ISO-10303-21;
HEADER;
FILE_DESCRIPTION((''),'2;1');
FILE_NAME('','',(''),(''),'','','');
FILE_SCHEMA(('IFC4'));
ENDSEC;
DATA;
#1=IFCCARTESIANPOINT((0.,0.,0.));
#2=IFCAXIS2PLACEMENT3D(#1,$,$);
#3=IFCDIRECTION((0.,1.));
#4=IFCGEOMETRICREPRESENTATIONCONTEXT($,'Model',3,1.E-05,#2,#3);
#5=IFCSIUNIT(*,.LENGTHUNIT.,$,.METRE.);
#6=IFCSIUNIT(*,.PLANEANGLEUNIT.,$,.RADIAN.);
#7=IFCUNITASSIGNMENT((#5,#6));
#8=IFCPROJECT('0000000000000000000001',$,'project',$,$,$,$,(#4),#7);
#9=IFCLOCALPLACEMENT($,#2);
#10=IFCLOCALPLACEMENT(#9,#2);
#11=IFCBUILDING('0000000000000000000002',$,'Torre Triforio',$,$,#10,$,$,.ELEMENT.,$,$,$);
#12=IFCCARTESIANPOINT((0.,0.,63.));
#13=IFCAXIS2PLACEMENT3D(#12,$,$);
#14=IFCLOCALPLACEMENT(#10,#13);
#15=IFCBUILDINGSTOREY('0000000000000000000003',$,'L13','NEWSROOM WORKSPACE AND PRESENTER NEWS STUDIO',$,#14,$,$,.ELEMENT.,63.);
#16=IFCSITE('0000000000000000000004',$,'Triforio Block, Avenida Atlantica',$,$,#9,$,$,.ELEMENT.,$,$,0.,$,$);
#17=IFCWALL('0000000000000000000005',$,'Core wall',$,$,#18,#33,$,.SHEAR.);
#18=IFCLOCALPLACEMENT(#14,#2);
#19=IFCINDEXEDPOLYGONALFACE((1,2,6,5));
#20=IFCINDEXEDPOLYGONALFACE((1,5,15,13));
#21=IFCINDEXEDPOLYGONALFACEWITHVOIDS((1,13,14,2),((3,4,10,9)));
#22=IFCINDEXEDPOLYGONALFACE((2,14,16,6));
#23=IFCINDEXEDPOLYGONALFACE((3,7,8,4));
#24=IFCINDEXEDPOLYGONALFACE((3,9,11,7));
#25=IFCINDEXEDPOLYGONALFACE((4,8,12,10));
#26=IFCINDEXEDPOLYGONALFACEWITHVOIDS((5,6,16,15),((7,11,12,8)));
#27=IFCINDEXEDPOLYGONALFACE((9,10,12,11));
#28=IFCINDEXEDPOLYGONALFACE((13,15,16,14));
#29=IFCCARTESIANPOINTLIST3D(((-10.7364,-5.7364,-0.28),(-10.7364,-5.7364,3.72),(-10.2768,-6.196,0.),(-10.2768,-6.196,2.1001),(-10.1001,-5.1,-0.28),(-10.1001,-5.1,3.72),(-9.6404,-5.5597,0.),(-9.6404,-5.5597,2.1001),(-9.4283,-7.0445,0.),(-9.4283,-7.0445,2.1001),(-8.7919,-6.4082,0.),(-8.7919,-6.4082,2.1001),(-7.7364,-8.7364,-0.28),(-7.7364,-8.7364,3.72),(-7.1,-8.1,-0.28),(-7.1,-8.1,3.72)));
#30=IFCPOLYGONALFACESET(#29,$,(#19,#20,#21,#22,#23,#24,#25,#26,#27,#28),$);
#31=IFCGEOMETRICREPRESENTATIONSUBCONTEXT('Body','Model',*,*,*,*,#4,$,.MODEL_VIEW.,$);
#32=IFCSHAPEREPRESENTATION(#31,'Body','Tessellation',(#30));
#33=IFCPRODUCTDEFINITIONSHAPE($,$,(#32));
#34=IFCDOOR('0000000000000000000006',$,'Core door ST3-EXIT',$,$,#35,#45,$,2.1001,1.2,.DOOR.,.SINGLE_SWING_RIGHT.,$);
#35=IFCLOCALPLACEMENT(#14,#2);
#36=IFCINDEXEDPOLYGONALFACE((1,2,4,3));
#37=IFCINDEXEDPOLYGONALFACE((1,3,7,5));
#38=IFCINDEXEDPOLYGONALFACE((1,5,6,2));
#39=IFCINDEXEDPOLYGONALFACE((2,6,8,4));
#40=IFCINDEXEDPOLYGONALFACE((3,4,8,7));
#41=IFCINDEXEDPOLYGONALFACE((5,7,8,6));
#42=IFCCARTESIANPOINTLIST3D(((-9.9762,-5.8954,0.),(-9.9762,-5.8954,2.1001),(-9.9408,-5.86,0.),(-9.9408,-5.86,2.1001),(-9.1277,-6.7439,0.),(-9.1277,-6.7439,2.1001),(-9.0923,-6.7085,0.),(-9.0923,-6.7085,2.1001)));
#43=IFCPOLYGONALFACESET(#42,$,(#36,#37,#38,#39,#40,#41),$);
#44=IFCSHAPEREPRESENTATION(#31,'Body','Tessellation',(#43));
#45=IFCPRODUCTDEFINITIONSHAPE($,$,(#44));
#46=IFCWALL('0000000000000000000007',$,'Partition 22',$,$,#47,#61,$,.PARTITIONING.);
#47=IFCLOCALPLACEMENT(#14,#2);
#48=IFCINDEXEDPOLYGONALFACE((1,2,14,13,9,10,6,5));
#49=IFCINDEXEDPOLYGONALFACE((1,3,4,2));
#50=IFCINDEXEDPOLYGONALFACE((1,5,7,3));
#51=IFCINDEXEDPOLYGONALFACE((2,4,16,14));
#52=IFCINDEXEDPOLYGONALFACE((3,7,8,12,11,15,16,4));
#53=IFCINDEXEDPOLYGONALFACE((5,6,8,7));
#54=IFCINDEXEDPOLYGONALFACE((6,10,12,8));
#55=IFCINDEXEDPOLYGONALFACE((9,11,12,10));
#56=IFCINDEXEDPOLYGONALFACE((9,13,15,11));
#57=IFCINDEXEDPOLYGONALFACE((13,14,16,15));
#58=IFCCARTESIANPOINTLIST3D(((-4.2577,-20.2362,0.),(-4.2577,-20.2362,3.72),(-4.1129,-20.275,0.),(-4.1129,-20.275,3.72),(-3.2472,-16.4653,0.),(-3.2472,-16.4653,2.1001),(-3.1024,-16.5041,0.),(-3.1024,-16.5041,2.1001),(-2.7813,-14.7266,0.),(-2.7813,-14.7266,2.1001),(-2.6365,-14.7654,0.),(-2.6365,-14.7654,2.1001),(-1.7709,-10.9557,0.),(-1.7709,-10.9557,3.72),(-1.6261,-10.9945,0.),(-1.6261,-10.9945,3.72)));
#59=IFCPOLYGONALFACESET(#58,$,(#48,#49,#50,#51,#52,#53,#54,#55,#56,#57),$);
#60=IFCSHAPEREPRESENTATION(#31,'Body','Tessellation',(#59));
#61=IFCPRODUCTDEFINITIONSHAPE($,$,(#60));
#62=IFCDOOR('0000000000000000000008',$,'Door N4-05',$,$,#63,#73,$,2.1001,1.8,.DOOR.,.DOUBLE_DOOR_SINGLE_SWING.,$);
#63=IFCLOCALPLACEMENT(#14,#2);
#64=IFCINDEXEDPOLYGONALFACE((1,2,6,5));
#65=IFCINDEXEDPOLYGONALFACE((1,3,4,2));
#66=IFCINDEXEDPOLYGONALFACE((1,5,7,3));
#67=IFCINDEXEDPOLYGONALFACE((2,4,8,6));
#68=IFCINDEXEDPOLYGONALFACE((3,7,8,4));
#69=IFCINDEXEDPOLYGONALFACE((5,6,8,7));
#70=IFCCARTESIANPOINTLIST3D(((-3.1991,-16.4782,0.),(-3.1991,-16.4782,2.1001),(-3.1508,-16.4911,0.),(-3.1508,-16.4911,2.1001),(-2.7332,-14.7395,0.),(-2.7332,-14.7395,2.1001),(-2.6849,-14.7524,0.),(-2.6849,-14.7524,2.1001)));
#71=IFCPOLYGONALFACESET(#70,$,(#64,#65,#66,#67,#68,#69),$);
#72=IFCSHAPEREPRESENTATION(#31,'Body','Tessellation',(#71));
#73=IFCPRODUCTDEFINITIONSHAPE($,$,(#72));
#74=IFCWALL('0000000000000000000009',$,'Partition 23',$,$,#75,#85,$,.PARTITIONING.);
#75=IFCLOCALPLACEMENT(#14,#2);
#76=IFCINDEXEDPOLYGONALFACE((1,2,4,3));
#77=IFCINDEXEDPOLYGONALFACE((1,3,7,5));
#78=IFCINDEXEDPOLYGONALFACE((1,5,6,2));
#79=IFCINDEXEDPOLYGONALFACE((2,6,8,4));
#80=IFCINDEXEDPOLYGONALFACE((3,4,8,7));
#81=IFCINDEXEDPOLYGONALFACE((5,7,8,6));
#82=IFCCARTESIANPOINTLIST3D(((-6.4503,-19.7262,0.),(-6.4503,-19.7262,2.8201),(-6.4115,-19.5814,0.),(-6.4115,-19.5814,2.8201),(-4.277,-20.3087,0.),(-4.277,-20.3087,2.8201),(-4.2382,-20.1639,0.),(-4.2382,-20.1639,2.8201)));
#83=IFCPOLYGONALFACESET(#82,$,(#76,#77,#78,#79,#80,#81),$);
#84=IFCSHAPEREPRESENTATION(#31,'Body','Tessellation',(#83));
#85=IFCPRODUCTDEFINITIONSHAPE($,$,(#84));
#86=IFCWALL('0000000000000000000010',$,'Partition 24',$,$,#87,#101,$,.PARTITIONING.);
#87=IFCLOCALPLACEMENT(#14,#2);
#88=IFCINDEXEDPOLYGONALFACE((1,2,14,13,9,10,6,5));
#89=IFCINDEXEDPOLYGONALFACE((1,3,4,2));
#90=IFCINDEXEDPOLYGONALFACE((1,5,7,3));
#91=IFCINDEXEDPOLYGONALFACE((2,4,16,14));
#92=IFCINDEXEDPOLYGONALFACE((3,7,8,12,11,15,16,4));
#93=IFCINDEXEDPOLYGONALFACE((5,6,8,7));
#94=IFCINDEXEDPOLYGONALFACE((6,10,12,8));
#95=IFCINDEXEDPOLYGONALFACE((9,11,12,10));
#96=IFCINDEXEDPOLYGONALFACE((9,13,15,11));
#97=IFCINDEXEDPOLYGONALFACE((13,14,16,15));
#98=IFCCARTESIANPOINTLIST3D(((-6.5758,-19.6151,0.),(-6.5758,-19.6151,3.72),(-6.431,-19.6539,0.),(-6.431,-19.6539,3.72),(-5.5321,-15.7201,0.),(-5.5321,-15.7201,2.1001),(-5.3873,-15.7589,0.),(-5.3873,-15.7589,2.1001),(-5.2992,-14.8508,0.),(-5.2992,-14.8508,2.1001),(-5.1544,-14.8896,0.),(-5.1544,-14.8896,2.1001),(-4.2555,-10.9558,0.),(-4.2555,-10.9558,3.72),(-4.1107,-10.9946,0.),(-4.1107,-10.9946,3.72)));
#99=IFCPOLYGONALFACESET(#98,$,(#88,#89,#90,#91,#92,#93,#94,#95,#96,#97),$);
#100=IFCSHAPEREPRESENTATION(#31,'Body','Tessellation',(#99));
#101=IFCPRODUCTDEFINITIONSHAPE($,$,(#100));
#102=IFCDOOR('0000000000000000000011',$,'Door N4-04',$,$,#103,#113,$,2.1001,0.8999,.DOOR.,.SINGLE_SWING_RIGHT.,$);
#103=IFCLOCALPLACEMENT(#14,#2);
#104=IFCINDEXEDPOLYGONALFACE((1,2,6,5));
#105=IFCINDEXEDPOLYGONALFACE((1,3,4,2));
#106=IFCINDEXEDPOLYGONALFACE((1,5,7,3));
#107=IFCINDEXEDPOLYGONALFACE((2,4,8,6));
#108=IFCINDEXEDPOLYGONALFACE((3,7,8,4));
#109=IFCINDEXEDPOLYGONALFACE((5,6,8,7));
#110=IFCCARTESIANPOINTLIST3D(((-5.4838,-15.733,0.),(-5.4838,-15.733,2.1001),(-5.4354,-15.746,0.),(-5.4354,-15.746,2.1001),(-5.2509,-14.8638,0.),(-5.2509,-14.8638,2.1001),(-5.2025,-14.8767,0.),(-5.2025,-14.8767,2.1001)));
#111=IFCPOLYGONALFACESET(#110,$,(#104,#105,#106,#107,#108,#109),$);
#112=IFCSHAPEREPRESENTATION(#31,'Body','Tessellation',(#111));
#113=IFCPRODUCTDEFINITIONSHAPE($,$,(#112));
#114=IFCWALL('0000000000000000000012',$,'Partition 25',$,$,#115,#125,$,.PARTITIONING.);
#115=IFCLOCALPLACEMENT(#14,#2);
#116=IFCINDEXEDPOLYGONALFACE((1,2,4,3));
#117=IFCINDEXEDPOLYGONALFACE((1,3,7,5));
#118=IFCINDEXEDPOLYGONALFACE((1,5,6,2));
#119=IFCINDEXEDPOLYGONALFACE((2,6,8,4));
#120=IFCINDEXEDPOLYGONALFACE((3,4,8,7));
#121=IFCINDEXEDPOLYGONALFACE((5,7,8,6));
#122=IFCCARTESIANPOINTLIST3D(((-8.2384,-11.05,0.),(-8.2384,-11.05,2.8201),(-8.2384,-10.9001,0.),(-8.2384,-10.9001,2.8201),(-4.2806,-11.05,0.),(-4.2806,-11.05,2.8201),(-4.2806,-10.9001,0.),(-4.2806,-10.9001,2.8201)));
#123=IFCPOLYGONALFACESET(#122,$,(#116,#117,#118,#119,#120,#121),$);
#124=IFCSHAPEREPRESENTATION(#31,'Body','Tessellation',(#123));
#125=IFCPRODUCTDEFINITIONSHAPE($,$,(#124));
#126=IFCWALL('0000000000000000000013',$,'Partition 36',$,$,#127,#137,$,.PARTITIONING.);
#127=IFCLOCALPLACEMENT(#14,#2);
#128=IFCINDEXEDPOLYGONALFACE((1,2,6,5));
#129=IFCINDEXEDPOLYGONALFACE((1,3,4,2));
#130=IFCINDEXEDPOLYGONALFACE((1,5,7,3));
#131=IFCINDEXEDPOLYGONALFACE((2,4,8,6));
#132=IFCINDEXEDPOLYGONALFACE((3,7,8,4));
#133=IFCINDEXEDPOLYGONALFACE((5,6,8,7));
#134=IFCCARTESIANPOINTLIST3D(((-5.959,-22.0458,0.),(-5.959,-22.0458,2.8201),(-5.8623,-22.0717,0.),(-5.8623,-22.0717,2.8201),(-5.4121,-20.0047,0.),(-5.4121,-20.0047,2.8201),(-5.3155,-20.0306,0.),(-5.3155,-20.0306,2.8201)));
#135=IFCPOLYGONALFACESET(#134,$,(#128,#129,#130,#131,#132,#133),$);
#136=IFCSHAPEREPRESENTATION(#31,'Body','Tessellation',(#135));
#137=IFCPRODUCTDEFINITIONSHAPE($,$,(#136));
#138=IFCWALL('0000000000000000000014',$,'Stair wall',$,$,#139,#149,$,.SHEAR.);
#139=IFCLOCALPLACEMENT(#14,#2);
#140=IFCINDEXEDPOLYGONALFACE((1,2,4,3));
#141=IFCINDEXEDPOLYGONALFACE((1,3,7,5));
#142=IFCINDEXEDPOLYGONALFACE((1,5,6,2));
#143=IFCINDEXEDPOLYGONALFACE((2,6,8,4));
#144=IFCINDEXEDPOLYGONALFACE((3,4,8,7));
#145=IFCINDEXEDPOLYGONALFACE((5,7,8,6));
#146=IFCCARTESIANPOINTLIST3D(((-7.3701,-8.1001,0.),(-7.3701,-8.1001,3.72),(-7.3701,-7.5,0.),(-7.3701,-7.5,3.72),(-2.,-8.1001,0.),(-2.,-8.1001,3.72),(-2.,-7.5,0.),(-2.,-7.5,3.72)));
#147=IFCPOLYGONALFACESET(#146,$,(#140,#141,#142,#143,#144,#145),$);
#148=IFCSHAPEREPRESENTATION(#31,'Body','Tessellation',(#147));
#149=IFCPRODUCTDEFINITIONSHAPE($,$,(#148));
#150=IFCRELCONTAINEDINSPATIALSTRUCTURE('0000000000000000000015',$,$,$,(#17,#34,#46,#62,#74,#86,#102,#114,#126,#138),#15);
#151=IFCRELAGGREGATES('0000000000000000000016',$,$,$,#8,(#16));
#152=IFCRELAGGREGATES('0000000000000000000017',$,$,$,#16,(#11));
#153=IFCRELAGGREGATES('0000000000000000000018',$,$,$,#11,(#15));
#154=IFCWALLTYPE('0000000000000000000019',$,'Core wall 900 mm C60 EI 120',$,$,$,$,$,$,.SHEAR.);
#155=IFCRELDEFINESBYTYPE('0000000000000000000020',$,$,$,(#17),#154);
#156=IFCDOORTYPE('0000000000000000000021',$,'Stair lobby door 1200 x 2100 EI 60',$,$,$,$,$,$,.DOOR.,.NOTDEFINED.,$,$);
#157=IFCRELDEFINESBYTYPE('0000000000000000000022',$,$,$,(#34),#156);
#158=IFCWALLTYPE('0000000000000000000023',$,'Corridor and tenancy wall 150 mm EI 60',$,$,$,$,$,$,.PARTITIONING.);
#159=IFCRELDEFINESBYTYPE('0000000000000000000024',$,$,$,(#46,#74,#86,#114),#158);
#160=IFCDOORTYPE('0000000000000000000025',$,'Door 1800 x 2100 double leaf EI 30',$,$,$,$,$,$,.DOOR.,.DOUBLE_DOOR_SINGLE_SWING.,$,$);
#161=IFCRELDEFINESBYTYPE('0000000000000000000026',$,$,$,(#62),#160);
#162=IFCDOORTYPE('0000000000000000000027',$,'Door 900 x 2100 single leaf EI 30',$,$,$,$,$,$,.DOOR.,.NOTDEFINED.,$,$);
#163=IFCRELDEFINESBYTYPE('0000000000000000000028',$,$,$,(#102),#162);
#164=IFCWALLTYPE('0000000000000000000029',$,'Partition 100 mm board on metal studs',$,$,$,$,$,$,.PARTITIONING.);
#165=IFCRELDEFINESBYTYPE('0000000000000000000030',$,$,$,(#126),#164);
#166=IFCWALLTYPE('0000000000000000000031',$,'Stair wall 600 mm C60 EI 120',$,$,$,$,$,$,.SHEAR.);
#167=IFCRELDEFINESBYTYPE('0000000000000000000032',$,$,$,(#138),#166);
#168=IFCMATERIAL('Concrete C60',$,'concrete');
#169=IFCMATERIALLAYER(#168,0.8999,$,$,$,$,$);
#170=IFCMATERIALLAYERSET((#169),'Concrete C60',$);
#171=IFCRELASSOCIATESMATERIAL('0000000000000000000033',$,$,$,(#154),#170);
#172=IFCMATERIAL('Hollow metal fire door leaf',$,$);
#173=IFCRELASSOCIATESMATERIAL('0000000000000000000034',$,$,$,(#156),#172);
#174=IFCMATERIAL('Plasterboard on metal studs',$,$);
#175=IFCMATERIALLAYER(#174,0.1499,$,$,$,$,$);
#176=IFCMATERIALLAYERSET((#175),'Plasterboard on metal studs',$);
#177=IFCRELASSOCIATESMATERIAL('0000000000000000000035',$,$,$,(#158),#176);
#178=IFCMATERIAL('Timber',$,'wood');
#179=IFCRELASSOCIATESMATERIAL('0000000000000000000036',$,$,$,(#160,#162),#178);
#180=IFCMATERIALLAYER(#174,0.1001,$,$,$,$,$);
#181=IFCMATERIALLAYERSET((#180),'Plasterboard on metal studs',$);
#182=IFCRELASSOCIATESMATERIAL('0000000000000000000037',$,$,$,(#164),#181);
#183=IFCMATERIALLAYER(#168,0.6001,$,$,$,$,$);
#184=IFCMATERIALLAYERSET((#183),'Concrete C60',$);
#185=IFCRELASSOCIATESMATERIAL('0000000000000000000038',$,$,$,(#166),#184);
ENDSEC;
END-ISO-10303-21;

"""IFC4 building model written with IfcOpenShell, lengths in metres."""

from ifc_helpers import new_model, si_unit, direction, frame, frame_2d, origin, place, context, subcontext, project, spatial, rectangle, extrude, material, layer, layer_set, type_object, element, fill, save


model = new_model("IFC4")

# Units and contexts
model_context = context("Model", 3, precision=1e-05, world=origin(), true_north=direction((0.0, 1.0)))
body_context = subcontext(model_context, "Body", "Model", "MODEL_VIEW")
ifc_project = project(units=[si_unit("LENGTHUNIT", "METRE"), si_unit("PLANEANGLEUNIT", "RADIAN")], contexts=[model_context])

# Site, building, storey
site_placement = place(None, origin())
site = spatial("IfcSite", under=ifc_project, at=site_placement, Name="Triforio Block, Avenida Atlantica", CompositionType="ELEMENT", RefElevation=0.0)
building_placement = place(site_placement, origin())
building = spatial("IfcBuilding", under=site, at=building_placement, Name="Torre Triforio", CompositionType="ELEMENT")
storey_placement = place(building_placement, frame((0.0, 0.0, 63.0)))
storey = spatial("IfcBuildingStorey", under=building, at=storey_placement, Name="L13", Description="NEWSROOM WORKSPACE AND PRESENTER NEWS STUDIO", CompositionType="ELEMENT", Elevation=63.0)

# Shared definitions
ifc_material_1 = material(Name="Concrete C60", Category="concrete")

# Shared definitions
ifc_layer_1 = layer(ifc_material_1, 0.8999)
ifc_layer_set_1 = layer_set([ifc_layer_1], Name="Concrete C60")
wall_type_1 = type_object("IfcWallType", Name="Core wall 900 mm C60 EI 120", PredefinedType="SHEAR", material=ifc_layer_set_1)
ifc_material_2 = material(Name="Hollow metal fire door leaf")

# Walls, openings, doors
wall_1_placement = place(storey_placement, frame((-7.4182, -8.4182, -0.28), z_axis=(0.0, 0.0, 1.0), x_axis=(-0.707107, 0.707107, 0.0)))
wall_1 = element("IfcWall", 1, at=wall_1_placement, inside=storey, type_object=wall_type_1, Name="Core wall", PredefinedType="SHEAR", context=body_context, shape_type="SweptSolid", body=[
    extrude(rectangle(XDim=4.2427, YDim=0.8999, at=frame_2d((2.1213, 0.0))), origin(), (0.0, 0.0, 1.0), 4.0),
])
opening_1_placement = place(wall_1_placement, frame((2.3926, 0.0, 0.28)))
opening_1 = element("IfcOpeningElement", 2, at=opening_1_placement, cuts=wall_1, PredefinedType="OPENING", context=body_context, shape_type="SweptSolid", body=[
    extrude(rectangle(XDim=1.2, YDim=2.1001, at=frame_2d((0.6001, 1.05))), frame((0.0, 0.46, 0.0), z_axis=(0.0, -1.0, 0.0), x_axis=(1.0, 0.0, 0.0)), (0.0, 0.0, 1.0), 0.9199),
])
door_type_1 = type_object("IfcDoorType", Name="Stair lobby door 1200 x 2100 EI 60", OperationType="NOTDEFINED", PredefinedType="DOOR", material=ifc_material_2)
door_1_placement = place(opening_1_placement, origin())
door_1 = element("IfcDoor", 3, at=door_1_placement, inside=storey, type_object=door_type_1, Name="Core door ST3-EXIT", OperationType="SINGLE_SWING_RIGHT", OverallHeight=2.1001, OverallWidth=1.2, PredefinedType="DOOR", context=body_context, shape_type="SweptSolid", body=[
    extrude(rectangle(XDim=1.2, YDim=2.1001, at=frame_2d((0.6001, 1.05))), frame((0.0, 0.0249, 0.0), z_axis=(0.0, -1.0, 0.0), x_axis=(1.0, 0.0, 0.0)), (0.0, 0.0, 1.0), 0.05),
])
fill(opening_1, door_1)
ifc_material_3 = material(Name="Plasterboard on metal studs")
ifc_layer_2 = layer(ifc_material_3, 0.1499)
ifc_layer_set_2 = layer_set([ifc_layer_2], Name="Plasterboard on metal studs")
wall_type_2 = type_object("IfcWallType", Name="Corridor and tenancy wall 150 mm EI 60", PredefinedType="PARTITIONING", material=ifc_layer_set_2)
wall_2_placement = place(storey_placement, frame((-1.6985, -10.9751, 0.0), z_axis=(0.0, 0.0, 1.0), x_axis=(-0.25883, -0.965923, 0.0)))
wall_2 = element("IfcWall", 4, at=wall_2_placement, inside=storey, type_object=wall_type_2, Name="Partition 22", PredefinedType="PARTITIONING", context=body_context, shape_type="SweptSolid", body=[
    extrude(rectangle(XDim=9.6079, YDim=0.1499, at=frame_2d((4.804, 0.0))), origin(), (0.0, 0.0, 1.0), 3.72),
])
opening_2_placement = place(wall_2_placement, frame((3.9041, 0.0, 0.0)))
opening_2 = element("IfcOpeningElement", 5, at=opening_2_placement, cuts=wall_2, PredefinedType="OPENING", context=body_context, shape_type="SweptSolid", body=[
    extrude(rectangle(XDim=1.8, YDim=2.1001, at=frame_2d((0.8999, 1.05))), frame((0.0, 0.085, 0.0), z_axis=(0.0, -1.0, 0.0), x_axis=(1.0, 0.0, 0.0)), (0.0, 0.0, 1.0), 0.1699),
])
ifc_material_4 = material(Name="Timber", Category="wood")
door_type_2 = type_object("IfcDoorType", Name="Door 1800 x 2100 double leaf EI 30", OperationType="DOUBLE_DOOR_SINGLE_SWING", PredefinedType="DOOR", material=ifc_material_4)
door_2_placement = place(opening_2_placement, origin())
door_2 = element("IfcDoor", 6, at=door_2_placement, inside=storey, type_object=door_type_2, Name="Door N4-05", OperationType="DOUBLE_DOOR_SINGLE_SWING", OverallHeight=2.1001, OverallWidth=1.8, PredefinedType="DOOR", context=body_context, shape_type="SweptSolid", body=[
    extrude(rectangle(XDim=1.8, YDim=2.1001, at=frame_2d((0.8999, 1.05))), frame((0.0, 0.0249, 0.0), z_axis=(0.0, -1.0, 0.0), x_axis=(1.0, 0.0, 0.0)), (0.0, 0.0, 1.0), 0.05),
])
fill(opening_2, door_2)

# Wall
wall_3_placement = place(storey_placement, frame((-4.2576, -20.2363, 0.0), z_axis=(0.0, 0.0, 1.0), x_axis=(-0.965906, 0.258892, 0.0)))
element("IfcWall", 7, at=wall_3_placement, inside=storey, type_object=wall_type_2, Name="Partition 23", PredefinedType="PARTITIONING", context=body_context, shape_type="SweptSolid", body=[
    extrude(rectangle(XDim=2.25, YDim=0.1499, at=frame_2d((1.125, 0.0))), origin(), (0.0, 0.0, 1.0), 2.8201),
])

# Wall, opening, door
wall_4_placement = place(storey_placement, frame((-6.5034, -19.6345, 0.0), z_axis=(0.0, 0.0, 1.0), x_axis=(0.258822, 0.965925, 0.0)))
wall_4 = element("IfcWall", 8, at=wall_4_placement, inside=storey, type_object=wall_type_2, Name="Partition 24", PredefinedType="PARTITIONING", context=body_context, shape_type="SweptSolid", body=[
    extrude(rectangle(XDim=8.9648, YDim=0.1499, at=frame_2d((4.4824, 0.0))), origin(), (0.0, 0.0, 1.0), 3.72),
])
opening_3_placement = place(wall_4_placement, frame((4.0325, 0.0, 0.0)))
opening_3 = element("IfcOpeningElement", 9, at=opening_3_placement, cuts=wall_4, PredefinedType="OPENING", context=body_context, shape_type="SweptSolid", body=[
    extrude(rectangle(XDim=0.8999, YDim=2.1001, at=frame_2d((0.45, 1.05))), frame((0.0, 0.085, 0.0), z_axis=(0.0, -1.0, 0.0), x_axis=(1.0, 0.0, 0.0)), (0.0, 0.0, 1.0), 0.1699),
])
door_type_3 = type_object("IfcDoorType", Name="Door 900 x 2100 single leaf EI 30", OperationType="NOTDEFINED", PredefinedType="DOOR", material=ifc_material_4)
door_3_placement = place(opening_3_placement, origin())
door_3 = element("IfcDoor", 10, at=door_3_placement, inside=storey, type_object=door_type_3, Name="Door N4-04", OperationType="SINGLE_SWING_RIGHT", OverallHeight=2.1001, OverallWidth=0.8999, PredefinedType="DOOR", context=body_context, shape_type="SweptSolid", body=[
    extrude(rectangle(XDim=0.8999, YDim=2.1001, at=frame_2d((0.45, 1.05))), frame((0.0, 0.0249, 0.0), z_axis=(0.0, -1.0, 0.0), x_axis=(1.0, 0.0, 0.0)), (0.0, 0.0, 1.0), 0.05),
])
fill(opening_3, door_3)

# Walls
wall_5_placement = place(storey_placement, frame((-4.2805, -10.9751, 0.0), z_axis=(0.0, 0.0, 1.0), x_axis=(-1.0, 0.0, 0.0)))
element("IfcWall", 11, at=wall_5_placement, inside=storey, type_object=wall_type_2, Name="Partition 25", PredefinedType="PARTITIONING", context=body_context, shape_type="SweptSolid", body=[
    extrude(rectangle(XDim=3.9578, YDim=0.1499, at=frame_2d((1.979, 0.0))), origin(), (0.0, 0.0, 1.0), 2.8201),
])
ifc_layer_3 = layer(ifc_material_3, 0.1001)
ifc_layer_set_3 = layer_set([ifc_layer_3], Name="Plasterboard on metal studs")
wall_type_3 = type_object("IfcWallType", Name="Partition 100 mm board on metal studs", PredefinedType="PARTITIONING", material=ifc_layer_set_3)
wall_6_placement = place(storey_placement, frame((-5.3638, -20.0176, 0.0), z_axis=(0.0, 0.0, 1.0), x_axis=(-0.258813, -0.965927, 0.0)))
element("IfcWall", 12, at=wall_6_placement, inside=storey, type_object=wall_type_3, Name="Partition 36", PredefinedType="PARTITIONING", context=body_context, shape_type="SweptSolid", body=[
    extrude(rectangle(XDim=2.113, YDim=0.1001, at=frame_2d((1.0566, 0.0))), origin(), (0.0, 0.0, 1.0), 2.8201),
])
ifc_layer_4 = layer(ifc_material_1, 0.6001)
ifc_layer_set_4 = layer_set([ifc_layer_4], Name="Concrete C60")
wall_type_4 = type_object("IfcWallType", Name="Stair wall 600 mm C60 EI 120", PredefinedType="SHEAR", material=ifc_layer_set_4)
wall_7_placement = place(storey_placement, frame((-7.3701, -7.8, 0.0), z_axis=(0.0, 0.0, 1.0), x_axis=(1.0, 0.0, 0.0)))
element("IfcWall", 13, at=wall_7_placement, inside=storey, type_object=wall_type_4, Name="Stair wall", PredefinedType="SHEAR", context=body_context, shape_type="SweptSolid", body=[
    extrude(rectangle(XDim=5.3701, YDim=0.6001, at=frame_2d((2.6851, 0.0))), origin(), (0.0, 0.0, 1.0), 3.72),
])

save(model, "model.ifc")
